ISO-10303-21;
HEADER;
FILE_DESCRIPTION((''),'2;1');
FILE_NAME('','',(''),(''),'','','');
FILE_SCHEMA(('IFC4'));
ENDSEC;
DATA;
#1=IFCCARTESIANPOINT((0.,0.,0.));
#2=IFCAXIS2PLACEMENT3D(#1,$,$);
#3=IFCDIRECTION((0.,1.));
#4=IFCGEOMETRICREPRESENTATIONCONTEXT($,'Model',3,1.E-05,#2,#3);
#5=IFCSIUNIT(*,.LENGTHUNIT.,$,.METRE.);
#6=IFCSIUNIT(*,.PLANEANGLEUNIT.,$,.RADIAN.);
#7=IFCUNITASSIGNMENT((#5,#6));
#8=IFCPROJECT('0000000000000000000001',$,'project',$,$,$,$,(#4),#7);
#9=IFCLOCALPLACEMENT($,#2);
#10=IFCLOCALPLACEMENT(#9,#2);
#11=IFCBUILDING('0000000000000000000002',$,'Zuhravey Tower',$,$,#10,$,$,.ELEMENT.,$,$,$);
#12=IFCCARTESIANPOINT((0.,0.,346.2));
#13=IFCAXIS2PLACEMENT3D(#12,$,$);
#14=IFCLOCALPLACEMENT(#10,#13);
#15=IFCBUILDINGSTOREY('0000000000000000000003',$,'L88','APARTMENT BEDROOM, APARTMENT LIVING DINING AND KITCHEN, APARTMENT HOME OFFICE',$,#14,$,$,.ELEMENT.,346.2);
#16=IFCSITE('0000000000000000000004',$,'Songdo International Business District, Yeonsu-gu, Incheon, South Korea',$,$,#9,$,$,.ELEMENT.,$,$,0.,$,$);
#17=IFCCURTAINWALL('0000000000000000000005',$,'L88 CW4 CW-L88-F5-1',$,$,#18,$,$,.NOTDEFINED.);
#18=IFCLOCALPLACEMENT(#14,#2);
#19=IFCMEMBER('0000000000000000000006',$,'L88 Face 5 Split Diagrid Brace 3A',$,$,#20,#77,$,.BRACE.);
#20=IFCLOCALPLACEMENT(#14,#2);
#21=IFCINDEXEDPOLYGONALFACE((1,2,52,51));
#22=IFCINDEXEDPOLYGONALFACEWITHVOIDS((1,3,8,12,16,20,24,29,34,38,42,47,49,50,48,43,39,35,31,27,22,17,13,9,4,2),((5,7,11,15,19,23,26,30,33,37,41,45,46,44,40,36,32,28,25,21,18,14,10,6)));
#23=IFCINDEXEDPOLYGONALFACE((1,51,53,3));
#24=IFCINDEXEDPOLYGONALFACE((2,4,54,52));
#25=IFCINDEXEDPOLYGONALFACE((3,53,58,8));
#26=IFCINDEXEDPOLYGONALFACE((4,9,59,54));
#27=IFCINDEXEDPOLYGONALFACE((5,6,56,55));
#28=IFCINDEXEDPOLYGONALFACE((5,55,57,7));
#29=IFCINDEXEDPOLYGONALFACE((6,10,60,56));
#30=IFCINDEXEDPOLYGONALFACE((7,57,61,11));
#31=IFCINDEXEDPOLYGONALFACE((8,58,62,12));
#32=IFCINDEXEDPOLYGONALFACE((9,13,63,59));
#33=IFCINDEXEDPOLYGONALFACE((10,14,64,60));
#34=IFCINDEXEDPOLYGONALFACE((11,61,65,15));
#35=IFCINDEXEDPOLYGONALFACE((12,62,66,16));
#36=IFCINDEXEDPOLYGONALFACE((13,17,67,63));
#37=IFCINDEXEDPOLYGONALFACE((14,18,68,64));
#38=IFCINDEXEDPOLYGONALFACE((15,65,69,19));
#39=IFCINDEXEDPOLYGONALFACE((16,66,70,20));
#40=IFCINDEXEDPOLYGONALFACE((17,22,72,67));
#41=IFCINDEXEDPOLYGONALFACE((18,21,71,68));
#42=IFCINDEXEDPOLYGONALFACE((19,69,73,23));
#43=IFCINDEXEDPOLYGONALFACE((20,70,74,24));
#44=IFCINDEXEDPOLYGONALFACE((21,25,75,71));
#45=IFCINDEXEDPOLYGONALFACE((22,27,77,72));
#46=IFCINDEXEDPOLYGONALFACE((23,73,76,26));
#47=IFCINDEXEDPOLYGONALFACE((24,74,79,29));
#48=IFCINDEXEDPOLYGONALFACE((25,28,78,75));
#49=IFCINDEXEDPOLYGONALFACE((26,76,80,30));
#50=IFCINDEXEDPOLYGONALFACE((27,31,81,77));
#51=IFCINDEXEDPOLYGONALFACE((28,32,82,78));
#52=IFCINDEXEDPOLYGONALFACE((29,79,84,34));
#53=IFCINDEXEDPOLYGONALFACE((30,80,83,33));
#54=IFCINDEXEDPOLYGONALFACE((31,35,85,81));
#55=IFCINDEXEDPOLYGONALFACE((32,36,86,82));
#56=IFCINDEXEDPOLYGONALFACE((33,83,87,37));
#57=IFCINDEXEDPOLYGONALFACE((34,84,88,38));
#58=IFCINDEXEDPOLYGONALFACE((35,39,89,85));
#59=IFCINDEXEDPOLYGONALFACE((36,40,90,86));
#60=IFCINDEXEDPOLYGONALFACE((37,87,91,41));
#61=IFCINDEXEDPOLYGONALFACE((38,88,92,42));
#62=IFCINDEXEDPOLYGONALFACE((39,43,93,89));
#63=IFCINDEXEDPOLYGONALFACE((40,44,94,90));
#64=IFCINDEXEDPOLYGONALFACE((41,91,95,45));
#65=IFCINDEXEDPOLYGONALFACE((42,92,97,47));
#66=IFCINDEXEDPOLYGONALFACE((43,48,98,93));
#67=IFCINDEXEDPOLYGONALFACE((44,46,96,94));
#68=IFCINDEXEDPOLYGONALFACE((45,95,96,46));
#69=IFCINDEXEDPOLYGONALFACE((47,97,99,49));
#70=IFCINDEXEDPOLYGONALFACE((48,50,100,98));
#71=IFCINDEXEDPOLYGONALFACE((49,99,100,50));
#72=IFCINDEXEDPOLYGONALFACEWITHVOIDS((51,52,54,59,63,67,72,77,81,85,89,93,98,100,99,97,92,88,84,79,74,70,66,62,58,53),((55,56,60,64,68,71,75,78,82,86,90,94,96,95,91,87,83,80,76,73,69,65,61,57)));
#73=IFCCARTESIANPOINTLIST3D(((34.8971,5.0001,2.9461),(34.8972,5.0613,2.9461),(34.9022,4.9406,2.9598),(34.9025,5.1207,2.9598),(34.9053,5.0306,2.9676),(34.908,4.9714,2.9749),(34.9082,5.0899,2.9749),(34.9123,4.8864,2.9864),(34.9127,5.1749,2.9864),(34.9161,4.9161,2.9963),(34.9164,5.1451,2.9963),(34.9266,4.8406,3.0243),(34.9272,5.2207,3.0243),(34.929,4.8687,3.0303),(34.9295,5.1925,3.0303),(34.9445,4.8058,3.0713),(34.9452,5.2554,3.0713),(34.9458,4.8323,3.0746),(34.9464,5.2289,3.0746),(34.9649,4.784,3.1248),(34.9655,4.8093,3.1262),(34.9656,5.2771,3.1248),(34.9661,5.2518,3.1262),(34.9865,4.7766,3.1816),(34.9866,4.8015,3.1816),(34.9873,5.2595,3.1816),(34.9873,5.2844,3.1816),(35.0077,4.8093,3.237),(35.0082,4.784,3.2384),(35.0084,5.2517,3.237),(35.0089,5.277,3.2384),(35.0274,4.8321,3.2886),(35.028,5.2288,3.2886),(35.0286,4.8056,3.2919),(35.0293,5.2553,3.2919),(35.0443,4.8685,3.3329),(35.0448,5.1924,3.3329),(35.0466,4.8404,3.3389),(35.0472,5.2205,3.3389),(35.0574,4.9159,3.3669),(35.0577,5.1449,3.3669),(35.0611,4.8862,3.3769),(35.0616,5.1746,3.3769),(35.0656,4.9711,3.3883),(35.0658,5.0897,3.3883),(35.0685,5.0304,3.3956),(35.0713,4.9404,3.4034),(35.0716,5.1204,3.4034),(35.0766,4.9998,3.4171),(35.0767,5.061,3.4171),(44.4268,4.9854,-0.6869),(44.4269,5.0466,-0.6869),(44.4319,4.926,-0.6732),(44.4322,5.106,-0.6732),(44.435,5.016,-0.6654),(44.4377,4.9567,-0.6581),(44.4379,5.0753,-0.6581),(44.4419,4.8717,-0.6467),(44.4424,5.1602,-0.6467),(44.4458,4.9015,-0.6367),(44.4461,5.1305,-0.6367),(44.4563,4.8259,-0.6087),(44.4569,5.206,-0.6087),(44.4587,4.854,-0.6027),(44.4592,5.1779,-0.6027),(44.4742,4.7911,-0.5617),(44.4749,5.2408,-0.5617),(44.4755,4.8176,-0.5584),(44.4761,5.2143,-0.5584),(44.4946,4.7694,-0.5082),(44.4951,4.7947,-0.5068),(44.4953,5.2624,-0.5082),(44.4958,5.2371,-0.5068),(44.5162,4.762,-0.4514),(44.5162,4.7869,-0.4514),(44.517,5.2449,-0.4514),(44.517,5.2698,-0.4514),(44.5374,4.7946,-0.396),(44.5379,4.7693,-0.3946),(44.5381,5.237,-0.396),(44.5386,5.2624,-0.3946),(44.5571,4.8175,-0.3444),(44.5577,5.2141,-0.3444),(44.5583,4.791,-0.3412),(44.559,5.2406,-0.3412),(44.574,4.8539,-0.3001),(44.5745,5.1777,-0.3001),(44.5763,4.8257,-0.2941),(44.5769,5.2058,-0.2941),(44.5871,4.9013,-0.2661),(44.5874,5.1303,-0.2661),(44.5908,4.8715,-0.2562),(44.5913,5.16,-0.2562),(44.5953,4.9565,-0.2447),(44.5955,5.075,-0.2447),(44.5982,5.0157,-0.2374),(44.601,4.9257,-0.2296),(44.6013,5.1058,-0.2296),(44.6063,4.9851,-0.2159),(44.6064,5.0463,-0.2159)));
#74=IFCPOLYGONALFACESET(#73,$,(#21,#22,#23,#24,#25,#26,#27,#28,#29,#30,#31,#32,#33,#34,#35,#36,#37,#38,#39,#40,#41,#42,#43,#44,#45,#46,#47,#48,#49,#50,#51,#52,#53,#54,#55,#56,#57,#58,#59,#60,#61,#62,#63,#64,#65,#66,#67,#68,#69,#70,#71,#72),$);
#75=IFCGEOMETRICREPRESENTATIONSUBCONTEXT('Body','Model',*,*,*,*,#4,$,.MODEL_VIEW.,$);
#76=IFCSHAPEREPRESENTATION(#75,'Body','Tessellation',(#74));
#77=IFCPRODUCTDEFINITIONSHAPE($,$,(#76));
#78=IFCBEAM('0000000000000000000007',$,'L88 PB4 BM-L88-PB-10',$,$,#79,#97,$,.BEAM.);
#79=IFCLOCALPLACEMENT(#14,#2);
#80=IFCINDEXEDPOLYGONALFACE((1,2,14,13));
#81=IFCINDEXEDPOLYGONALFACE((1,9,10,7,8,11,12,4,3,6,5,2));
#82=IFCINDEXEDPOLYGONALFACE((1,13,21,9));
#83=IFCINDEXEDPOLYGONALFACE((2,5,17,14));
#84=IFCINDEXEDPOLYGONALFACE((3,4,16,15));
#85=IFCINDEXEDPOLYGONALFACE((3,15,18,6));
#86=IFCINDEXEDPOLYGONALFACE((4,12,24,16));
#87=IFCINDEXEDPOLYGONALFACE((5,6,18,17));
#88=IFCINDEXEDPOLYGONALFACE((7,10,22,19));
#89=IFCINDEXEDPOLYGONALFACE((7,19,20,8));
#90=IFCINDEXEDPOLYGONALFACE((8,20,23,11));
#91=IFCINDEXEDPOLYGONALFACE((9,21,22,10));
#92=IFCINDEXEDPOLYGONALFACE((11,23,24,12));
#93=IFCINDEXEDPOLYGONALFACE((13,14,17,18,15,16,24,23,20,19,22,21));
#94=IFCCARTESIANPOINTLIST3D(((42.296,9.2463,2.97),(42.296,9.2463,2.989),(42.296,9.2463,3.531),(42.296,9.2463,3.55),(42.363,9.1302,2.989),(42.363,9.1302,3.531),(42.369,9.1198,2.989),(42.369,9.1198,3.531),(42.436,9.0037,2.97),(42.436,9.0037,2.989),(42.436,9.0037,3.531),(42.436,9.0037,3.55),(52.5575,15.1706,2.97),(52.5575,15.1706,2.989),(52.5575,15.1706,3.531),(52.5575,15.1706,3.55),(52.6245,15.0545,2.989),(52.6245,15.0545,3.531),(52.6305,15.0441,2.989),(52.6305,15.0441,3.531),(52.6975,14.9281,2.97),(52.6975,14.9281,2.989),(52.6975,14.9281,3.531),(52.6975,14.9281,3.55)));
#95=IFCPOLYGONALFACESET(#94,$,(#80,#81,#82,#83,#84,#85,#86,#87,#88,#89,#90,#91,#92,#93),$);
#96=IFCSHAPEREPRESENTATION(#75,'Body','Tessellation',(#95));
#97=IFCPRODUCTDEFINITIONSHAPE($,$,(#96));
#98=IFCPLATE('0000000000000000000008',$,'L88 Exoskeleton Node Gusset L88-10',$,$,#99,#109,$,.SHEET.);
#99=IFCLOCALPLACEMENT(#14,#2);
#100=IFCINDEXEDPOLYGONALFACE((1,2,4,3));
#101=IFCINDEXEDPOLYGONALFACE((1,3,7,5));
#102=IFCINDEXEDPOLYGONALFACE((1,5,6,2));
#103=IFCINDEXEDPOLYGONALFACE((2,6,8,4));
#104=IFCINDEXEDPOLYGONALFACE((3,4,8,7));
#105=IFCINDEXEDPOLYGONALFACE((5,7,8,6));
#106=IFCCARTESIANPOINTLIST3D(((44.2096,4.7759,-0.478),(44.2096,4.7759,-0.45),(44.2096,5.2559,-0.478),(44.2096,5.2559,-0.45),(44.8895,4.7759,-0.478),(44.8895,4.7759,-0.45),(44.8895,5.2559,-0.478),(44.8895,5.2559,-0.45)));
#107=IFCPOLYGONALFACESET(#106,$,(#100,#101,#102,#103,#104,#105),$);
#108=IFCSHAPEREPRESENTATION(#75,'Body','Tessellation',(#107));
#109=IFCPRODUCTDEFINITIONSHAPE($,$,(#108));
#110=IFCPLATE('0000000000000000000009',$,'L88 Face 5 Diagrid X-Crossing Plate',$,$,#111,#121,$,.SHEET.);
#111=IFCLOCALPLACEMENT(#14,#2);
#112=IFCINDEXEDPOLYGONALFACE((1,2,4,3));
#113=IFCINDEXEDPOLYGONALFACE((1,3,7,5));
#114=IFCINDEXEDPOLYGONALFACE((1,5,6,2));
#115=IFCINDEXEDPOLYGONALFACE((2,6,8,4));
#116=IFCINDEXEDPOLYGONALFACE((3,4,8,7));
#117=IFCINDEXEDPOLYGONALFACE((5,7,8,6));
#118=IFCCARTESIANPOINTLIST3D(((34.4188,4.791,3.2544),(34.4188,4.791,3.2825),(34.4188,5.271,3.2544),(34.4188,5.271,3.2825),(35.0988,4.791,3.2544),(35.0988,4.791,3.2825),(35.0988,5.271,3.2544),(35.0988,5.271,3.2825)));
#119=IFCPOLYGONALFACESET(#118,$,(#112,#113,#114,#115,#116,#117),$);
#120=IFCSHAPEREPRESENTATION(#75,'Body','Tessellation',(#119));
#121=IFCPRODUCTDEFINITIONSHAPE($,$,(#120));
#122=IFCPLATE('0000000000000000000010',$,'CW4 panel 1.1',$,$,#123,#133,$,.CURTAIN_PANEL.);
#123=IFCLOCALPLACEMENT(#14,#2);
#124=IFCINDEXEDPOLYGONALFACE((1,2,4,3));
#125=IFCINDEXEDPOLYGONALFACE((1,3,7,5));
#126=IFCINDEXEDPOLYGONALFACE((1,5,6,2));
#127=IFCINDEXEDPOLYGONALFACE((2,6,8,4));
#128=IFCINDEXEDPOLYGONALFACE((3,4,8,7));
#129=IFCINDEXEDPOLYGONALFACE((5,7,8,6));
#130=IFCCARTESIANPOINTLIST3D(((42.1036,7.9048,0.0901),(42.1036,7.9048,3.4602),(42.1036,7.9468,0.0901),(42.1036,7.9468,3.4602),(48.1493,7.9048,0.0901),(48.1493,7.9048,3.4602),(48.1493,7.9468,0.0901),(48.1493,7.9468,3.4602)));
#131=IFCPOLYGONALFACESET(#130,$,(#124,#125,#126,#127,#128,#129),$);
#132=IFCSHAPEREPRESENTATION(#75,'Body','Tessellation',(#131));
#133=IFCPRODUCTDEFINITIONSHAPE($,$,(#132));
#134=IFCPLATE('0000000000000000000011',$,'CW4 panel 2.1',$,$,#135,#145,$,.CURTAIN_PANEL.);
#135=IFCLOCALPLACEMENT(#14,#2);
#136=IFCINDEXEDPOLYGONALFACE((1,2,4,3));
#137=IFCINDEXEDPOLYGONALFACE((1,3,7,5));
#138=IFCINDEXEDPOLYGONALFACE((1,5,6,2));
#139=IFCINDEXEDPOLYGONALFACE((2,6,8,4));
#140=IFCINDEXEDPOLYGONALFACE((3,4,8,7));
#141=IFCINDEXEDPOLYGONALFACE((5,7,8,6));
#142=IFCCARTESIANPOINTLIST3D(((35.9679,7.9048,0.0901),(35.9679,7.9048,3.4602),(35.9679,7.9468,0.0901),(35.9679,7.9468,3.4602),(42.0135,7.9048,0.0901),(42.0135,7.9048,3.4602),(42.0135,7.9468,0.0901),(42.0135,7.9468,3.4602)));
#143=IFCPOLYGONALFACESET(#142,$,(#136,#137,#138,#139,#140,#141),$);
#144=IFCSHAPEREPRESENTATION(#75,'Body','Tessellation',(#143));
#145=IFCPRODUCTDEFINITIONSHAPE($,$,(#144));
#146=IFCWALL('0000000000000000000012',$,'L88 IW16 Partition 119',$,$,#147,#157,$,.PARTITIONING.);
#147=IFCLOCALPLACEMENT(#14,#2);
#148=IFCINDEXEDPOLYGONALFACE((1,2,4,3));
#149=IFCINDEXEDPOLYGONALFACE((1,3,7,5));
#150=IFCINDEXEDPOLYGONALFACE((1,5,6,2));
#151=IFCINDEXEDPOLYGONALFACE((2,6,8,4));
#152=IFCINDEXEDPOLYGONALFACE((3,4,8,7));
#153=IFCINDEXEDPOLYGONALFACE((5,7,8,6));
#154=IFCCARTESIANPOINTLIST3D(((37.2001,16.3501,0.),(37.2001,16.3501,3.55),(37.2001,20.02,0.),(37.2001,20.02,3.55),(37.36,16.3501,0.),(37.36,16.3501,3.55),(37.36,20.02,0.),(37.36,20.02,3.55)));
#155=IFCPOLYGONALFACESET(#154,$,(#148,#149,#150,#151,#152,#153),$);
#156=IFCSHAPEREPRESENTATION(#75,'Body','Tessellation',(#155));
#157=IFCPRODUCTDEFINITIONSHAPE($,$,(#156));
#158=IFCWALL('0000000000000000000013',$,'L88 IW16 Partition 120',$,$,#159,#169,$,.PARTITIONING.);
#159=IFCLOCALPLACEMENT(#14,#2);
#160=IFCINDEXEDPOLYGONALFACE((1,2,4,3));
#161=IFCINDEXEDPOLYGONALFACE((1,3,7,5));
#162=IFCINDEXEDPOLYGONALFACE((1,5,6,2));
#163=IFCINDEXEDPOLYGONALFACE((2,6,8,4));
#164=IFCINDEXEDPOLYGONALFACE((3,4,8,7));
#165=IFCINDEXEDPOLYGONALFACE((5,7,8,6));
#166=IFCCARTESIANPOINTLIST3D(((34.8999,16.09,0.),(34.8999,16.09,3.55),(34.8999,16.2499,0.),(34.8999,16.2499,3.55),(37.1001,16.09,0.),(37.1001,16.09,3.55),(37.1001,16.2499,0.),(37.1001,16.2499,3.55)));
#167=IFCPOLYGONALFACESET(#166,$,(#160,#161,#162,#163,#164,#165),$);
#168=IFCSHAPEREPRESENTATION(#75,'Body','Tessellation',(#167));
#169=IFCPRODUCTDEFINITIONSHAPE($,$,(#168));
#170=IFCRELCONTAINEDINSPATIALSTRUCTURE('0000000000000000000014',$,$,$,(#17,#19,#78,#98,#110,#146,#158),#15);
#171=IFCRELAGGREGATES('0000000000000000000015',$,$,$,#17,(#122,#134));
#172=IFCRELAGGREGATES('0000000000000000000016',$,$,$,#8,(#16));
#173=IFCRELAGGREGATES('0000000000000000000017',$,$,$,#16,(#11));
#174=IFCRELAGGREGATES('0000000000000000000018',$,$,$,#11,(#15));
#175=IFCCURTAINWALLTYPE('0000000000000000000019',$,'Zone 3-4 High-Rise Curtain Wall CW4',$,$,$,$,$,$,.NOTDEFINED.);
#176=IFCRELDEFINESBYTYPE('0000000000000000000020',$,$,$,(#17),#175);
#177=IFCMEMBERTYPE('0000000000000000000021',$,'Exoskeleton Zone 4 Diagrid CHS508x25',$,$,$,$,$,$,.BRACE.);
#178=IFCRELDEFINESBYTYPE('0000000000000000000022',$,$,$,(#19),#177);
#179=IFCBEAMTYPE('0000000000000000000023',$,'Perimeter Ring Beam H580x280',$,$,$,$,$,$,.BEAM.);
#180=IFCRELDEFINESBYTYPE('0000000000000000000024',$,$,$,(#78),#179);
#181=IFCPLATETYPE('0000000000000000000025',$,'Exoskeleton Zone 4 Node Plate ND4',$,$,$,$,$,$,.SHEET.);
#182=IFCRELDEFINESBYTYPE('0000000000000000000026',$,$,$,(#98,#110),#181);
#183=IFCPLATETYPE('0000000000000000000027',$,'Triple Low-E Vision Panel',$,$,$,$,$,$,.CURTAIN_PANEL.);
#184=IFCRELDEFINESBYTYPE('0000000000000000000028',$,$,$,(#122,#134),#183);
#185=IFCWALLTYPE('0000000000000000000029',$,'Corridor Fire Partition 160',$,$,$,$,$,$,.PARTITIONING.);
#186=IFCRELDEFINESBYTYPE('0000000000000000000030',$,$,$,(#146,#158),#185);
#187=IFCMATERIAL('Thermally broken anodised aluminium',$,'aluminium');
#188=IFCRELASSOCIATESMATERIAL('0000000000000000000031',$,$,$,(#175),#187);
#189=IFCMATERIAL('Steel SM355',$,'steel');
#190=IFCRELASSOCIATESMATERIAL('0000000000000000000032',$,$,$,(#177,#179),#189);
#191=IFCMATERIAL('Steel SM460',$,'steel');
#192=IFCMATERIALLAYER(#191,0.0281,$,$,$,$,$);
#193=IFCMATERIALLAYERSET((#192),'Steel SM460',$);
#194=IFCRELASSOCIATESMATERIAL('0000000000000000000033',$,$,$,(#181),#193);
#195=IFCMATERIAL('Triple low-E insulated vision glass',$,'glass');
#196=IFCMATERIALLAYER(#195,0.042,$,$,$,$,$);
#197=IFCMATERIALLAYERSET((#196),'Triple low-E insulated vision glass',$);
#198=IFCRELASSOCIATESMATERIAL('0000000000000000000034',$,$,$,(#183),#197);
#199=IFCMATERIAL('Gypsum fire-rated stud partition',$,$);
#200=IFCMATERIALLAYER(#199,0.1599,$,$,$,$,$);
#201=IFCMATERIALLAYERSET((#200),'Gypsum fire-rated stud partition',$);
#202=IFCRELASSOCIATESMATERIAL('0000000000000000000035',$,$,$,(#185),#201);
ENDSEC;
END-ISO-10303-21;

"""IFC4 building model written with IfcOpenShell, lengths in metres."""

from ifc_helpers import new_model, si_unit, direction, frame, frame_2d, origin, origin_2d, place, context, subcontext, project, spatial, rectangle, hollow_circle, i_section, extrude, material, layer, layer_set, material_profile, profile_set, type_object, element, aggregate, save


model = new_model("IFC4")

# Units and contexts
model_context = context("Model", 3, precision=1e-05, world=origin(), true_north=direction((0.0, 1.0)))
body_context = subcontext(model_context, "Body", "Model", "MODEL_VIEW")
ifc_project = project(units=[si_unit("LENGTHUNIT", "METRE"), si_unit("PLANEANGLEUNIT", "RADIAN")], contexts=[model_context])

# Site, building, storey
site_placement = place(None, origin())
site = spatial("IfcSite", under=ifc_project, at=site_placement, Name="Songdo International Business District, Yeonsu-gu, Incheon, South Korea", CompositionType="ELEMENT", RefElevation=0.0)
building_placement = place(site_placement, origin())
building = spatial("IfcBuilding", under=site, at=building_placement, Name="Zuhravey Tower", CompositionType="ELEMENT")
storey_placement = place(building_placement, frame((0.0, 0.0, 346.2)))
storey = spatial("IfcBuildingStorey", under=building, at=storey_placement, Name="L88", Description="APARTMENT BEDROOM, APARTMENT LIVING DINING AND KITCHEN, APARTMENT HOME OFFICE", CompositionType="ELEMENT", Elevation=346.2)

# Curtain wall
ifc_material_1 = material(Name="Thermally broken anodised aluminium", Category="aluminium")
curtain_wall_type = type_object("IfcCurtainWallType", Name="Zone 3-4 High-Rise Curtain Wall CW4", PredefinedType="NOTDEFINED", material=ifc_material_1)
curtain_wall_placement = place(storey_placement, origin())
curtain_wall = element("IfcCurtainWall", 1, at=curtain_wall_placement, inside=storey, type_object=curtain_wall_type, Name="L88 CW4 CW-L88-F5-1", PredefinedType="NOTDEFINED")

# Member
ifc_material_2 = material(Name="Steel SM355", Category="steel")
ifc_material_profile_1 = material_profile(ifc_material_2, hollow_circle(Radius=0.2539, WallThickness=0.0249, at=origin_2d()), Name="CHS-508.0x25")
ifc_profile_set_1 = profile_set([ifc_material_profile_1], Name="Steel SM355")
member_type_1 = type_object("IfcMemberType", Name="Exoskeleton Zone 4 Diagrid CHS508x25", PredefinedType="BRACE", material=ifc_profile_set_1)
member_1_placement = place(storey_placement, frame((44.5166, 5.0159, -0.4514), z_axis=(-0.9344, 0.001436, 0.356223), x_axis=(-0.001537, -0.999999, 0.0)))
element("IfcMember", 2, at=member_1_placement, inside=storey, type_object=member_type_1, Name="L88 Face 5 Split Diagrid Brace 3A", PredefinedType="BRACE", context=body_context, shape_type="SweptSolid", body=[
    extrude(hollow_circle(Radius=0.2539, WallThickness=0.0249, at=origin_2d()), origin(), (0.0, 0.0, 1.0), 10.1987),
])

# Beam
ifc_material_profile_2 = material_profile(ifc_material_2, i_section(OverallWidth=0.28, OverallDepth=0.5801, WebThickness=0.012, FlangeThickness=0.019, at=origin_2d()), Name="H-580x280x12x19")
ifc_profile_set_2 = profile_set([ifc_material_profile_2], Name="Steel SM355")
beam_type = type_object("IfcBeamType", Name="Perimeter Ring Beam H580x280", PredefinedType="BEAM", material=ifc_profile_set_2)
beam_placement = place(storey_placement, frame((42.366, 9.125, 3.26), z_axis=(0.866031, 0.499991, 0.0), x_axis=(-0.499991, 0.866031, 0.0)))
element("IfcBeam", 3, at=beam_placement, inside=storey, type_object=beam_type, Name="L88 PB4 BM-L88-PB-10", PredefinedType="BEAM", context=body_context, shape_type="SweptSolid", body=[
    extrude(i_section(OverallWidth=0.28, OverallDepth=0.5801, WebThickness=0.012, FlangeThickness=0.019, at=origin_2d()), origin(), (0.0, 0.0, 1.0), 11.8489),
])

# Plates
ifc_material_3 = material(Name="Steel SM460", Category="steel")
ifc_layer_1 = layer(ifc_material_3, 0.0281)
ifc_layer_set_1 = layer_set([ifc_layer_1], Name="Steel SM460")
plate_type_1 = type_object("IfcPlateType", Name="Exoskeleton Zone 4 Node Plate ND4", PredefinedType="SHEET", material=ifc_layer_set_1)
for number, where, z_axis, x_axis, name in (
    (4, (44.5496, 5.0159, -0.478), (0.0, 0.0, 1.0), (1.0, 0.0, 0.0), "L88 Exoskeleton Node Gusset L88-10"),
    (5, (34.7588, 5.031, 3.2544), (0.0, 0.0, 1.0), (1.0, 0.0, 0.0), "L88 Face 5 Diagrid X-Crossing Plate"),
):
    element("IfcPlate", number, at=place(storey_placement, frame(where, z_axis=z_axis, x_axis=x_axis)), inside=storey, type_object=plate_type_1, Name=name, PredefinedType="SHEET", context=body_context, shape_type="SweptSolid", body=[
        extrude(rectangle(XDim=0.6799, YDim=0.48, at=origin_2d()), origin(), (0.0, 0.0, 1.0), 0.0281),
    ])

# Plates
ifc_material_4 = material(Name="Triple low-E insulated vision glass", Category="glass")
ifc_layer_2 = layer(ifc_material_4, 0.042)
ifc_layer_set_2 = layer_set([ifc_layer_2], Name="Triple low-E insulated vision glass")
plate_type_2 = type_object("IfcPlateType", Name="Triple Low-E Vision Panel", PredefinedType="CURTAIN_PANEL", material=ifc_layer_set_2)
plate_1_placement = place(storey_placement, frame((45.1265, 7.9258, 0.0901), z_axis=(0.0, 0.0, 1.0), x_axis=(-1.0, 0.0, 0.0)))
plate_1 = element("IfcPlate", 6, at=plate_1_placement, type_object=plate_type_2, Name="CW4 panel 1.1", PredefinedType="CURTAIN_PANEL", context=body_context, shape_type="SweptSolid", body=[
    extrude(rectangle(XDim=6.0457, YDim=0.042, at=origin_2d()), origin(), (0.0, 0.0, 1.0), 3.3701),
])
plate_2_placement = place(storey_placement, frame((38.9907, 7.9258, 0.0901), z_axis=(0.0, 0.0, 1.0), x_axis=(-1.0, 0.0, 0.0)))
plate_2 = element("IfcPlate", 7, at=plate_2_placement, type_object=plate_type_2, Name="CW4 panel 2.1", PredefinedType="CURTAIN_PANEL", context=body_context, shape_type="SweptSolid", body=[
    extrude(rectangle(XDim=6.0457, YDim=0.042, at=origin_2d()), origin(), (0.0, 0.0, 1.0), 3.3701),
])
aggregate(curtain_wall, [plate_1, plate_2])

# Shared definitions
ifc_material_5 = material(Name="Gypsum fire-rated stud partition")
ifc_layer_3 = layer(ifc_material_5, 0.1599)
ifc_layer_set_3 = layer_set([ifc_layer_3], Name="Gypsum fire-rated stud partition")
wall_type_1 = type_object("IfcWallType", Name="Corridor Fire Partition 160", PredefinedType="PARTITIONING", material=ifc_layer_set_3)

# Walls
wall_1_placement = place(storey_placement, frame((37.28, 16.3501, 0.0), z_axis=(0.0, 0.0, 1.0), x_axis=(0.0, 1.0, 0.0)))
element("IfcWall", 8, at=wall_1_placement, inside=storey, type_object=wall_type_1, Name="L88 IW16 Partition 119", PredefinedType="PARTITIONING", context=body_context, shape_type="SweptSolid", body=[
    extrude(rectangle(XDim=3.6699, YDim=0.1599, at=frame_2d((1.835, 0.0))), origin(), (0.0, 0.0, 1.0), 3.55),
])
wall_2_placement = place(storey_placement, frame((34.8999, 16.1699, 0.0), z_axis=(0.0, 0.0, 1.0), x_axis=(1.0, 0.0, 0.0)))
element("IfcWall", 9, at=wall_2_placement, inside=storey, type_object=wall_type_1, Name="L88 IW16 Partition 120", PredefinedType="PARTITIONING", context=body_context, shape_type="SweptSolid", body=[
    extrude(rectangle(XDim=2.2002, YDim=0.1599, at=frame_2d((1.1001, 0.0))), origin(), (0.0, 0.0, 1.0), 3.55),
])

save(model, "model.ifc")
